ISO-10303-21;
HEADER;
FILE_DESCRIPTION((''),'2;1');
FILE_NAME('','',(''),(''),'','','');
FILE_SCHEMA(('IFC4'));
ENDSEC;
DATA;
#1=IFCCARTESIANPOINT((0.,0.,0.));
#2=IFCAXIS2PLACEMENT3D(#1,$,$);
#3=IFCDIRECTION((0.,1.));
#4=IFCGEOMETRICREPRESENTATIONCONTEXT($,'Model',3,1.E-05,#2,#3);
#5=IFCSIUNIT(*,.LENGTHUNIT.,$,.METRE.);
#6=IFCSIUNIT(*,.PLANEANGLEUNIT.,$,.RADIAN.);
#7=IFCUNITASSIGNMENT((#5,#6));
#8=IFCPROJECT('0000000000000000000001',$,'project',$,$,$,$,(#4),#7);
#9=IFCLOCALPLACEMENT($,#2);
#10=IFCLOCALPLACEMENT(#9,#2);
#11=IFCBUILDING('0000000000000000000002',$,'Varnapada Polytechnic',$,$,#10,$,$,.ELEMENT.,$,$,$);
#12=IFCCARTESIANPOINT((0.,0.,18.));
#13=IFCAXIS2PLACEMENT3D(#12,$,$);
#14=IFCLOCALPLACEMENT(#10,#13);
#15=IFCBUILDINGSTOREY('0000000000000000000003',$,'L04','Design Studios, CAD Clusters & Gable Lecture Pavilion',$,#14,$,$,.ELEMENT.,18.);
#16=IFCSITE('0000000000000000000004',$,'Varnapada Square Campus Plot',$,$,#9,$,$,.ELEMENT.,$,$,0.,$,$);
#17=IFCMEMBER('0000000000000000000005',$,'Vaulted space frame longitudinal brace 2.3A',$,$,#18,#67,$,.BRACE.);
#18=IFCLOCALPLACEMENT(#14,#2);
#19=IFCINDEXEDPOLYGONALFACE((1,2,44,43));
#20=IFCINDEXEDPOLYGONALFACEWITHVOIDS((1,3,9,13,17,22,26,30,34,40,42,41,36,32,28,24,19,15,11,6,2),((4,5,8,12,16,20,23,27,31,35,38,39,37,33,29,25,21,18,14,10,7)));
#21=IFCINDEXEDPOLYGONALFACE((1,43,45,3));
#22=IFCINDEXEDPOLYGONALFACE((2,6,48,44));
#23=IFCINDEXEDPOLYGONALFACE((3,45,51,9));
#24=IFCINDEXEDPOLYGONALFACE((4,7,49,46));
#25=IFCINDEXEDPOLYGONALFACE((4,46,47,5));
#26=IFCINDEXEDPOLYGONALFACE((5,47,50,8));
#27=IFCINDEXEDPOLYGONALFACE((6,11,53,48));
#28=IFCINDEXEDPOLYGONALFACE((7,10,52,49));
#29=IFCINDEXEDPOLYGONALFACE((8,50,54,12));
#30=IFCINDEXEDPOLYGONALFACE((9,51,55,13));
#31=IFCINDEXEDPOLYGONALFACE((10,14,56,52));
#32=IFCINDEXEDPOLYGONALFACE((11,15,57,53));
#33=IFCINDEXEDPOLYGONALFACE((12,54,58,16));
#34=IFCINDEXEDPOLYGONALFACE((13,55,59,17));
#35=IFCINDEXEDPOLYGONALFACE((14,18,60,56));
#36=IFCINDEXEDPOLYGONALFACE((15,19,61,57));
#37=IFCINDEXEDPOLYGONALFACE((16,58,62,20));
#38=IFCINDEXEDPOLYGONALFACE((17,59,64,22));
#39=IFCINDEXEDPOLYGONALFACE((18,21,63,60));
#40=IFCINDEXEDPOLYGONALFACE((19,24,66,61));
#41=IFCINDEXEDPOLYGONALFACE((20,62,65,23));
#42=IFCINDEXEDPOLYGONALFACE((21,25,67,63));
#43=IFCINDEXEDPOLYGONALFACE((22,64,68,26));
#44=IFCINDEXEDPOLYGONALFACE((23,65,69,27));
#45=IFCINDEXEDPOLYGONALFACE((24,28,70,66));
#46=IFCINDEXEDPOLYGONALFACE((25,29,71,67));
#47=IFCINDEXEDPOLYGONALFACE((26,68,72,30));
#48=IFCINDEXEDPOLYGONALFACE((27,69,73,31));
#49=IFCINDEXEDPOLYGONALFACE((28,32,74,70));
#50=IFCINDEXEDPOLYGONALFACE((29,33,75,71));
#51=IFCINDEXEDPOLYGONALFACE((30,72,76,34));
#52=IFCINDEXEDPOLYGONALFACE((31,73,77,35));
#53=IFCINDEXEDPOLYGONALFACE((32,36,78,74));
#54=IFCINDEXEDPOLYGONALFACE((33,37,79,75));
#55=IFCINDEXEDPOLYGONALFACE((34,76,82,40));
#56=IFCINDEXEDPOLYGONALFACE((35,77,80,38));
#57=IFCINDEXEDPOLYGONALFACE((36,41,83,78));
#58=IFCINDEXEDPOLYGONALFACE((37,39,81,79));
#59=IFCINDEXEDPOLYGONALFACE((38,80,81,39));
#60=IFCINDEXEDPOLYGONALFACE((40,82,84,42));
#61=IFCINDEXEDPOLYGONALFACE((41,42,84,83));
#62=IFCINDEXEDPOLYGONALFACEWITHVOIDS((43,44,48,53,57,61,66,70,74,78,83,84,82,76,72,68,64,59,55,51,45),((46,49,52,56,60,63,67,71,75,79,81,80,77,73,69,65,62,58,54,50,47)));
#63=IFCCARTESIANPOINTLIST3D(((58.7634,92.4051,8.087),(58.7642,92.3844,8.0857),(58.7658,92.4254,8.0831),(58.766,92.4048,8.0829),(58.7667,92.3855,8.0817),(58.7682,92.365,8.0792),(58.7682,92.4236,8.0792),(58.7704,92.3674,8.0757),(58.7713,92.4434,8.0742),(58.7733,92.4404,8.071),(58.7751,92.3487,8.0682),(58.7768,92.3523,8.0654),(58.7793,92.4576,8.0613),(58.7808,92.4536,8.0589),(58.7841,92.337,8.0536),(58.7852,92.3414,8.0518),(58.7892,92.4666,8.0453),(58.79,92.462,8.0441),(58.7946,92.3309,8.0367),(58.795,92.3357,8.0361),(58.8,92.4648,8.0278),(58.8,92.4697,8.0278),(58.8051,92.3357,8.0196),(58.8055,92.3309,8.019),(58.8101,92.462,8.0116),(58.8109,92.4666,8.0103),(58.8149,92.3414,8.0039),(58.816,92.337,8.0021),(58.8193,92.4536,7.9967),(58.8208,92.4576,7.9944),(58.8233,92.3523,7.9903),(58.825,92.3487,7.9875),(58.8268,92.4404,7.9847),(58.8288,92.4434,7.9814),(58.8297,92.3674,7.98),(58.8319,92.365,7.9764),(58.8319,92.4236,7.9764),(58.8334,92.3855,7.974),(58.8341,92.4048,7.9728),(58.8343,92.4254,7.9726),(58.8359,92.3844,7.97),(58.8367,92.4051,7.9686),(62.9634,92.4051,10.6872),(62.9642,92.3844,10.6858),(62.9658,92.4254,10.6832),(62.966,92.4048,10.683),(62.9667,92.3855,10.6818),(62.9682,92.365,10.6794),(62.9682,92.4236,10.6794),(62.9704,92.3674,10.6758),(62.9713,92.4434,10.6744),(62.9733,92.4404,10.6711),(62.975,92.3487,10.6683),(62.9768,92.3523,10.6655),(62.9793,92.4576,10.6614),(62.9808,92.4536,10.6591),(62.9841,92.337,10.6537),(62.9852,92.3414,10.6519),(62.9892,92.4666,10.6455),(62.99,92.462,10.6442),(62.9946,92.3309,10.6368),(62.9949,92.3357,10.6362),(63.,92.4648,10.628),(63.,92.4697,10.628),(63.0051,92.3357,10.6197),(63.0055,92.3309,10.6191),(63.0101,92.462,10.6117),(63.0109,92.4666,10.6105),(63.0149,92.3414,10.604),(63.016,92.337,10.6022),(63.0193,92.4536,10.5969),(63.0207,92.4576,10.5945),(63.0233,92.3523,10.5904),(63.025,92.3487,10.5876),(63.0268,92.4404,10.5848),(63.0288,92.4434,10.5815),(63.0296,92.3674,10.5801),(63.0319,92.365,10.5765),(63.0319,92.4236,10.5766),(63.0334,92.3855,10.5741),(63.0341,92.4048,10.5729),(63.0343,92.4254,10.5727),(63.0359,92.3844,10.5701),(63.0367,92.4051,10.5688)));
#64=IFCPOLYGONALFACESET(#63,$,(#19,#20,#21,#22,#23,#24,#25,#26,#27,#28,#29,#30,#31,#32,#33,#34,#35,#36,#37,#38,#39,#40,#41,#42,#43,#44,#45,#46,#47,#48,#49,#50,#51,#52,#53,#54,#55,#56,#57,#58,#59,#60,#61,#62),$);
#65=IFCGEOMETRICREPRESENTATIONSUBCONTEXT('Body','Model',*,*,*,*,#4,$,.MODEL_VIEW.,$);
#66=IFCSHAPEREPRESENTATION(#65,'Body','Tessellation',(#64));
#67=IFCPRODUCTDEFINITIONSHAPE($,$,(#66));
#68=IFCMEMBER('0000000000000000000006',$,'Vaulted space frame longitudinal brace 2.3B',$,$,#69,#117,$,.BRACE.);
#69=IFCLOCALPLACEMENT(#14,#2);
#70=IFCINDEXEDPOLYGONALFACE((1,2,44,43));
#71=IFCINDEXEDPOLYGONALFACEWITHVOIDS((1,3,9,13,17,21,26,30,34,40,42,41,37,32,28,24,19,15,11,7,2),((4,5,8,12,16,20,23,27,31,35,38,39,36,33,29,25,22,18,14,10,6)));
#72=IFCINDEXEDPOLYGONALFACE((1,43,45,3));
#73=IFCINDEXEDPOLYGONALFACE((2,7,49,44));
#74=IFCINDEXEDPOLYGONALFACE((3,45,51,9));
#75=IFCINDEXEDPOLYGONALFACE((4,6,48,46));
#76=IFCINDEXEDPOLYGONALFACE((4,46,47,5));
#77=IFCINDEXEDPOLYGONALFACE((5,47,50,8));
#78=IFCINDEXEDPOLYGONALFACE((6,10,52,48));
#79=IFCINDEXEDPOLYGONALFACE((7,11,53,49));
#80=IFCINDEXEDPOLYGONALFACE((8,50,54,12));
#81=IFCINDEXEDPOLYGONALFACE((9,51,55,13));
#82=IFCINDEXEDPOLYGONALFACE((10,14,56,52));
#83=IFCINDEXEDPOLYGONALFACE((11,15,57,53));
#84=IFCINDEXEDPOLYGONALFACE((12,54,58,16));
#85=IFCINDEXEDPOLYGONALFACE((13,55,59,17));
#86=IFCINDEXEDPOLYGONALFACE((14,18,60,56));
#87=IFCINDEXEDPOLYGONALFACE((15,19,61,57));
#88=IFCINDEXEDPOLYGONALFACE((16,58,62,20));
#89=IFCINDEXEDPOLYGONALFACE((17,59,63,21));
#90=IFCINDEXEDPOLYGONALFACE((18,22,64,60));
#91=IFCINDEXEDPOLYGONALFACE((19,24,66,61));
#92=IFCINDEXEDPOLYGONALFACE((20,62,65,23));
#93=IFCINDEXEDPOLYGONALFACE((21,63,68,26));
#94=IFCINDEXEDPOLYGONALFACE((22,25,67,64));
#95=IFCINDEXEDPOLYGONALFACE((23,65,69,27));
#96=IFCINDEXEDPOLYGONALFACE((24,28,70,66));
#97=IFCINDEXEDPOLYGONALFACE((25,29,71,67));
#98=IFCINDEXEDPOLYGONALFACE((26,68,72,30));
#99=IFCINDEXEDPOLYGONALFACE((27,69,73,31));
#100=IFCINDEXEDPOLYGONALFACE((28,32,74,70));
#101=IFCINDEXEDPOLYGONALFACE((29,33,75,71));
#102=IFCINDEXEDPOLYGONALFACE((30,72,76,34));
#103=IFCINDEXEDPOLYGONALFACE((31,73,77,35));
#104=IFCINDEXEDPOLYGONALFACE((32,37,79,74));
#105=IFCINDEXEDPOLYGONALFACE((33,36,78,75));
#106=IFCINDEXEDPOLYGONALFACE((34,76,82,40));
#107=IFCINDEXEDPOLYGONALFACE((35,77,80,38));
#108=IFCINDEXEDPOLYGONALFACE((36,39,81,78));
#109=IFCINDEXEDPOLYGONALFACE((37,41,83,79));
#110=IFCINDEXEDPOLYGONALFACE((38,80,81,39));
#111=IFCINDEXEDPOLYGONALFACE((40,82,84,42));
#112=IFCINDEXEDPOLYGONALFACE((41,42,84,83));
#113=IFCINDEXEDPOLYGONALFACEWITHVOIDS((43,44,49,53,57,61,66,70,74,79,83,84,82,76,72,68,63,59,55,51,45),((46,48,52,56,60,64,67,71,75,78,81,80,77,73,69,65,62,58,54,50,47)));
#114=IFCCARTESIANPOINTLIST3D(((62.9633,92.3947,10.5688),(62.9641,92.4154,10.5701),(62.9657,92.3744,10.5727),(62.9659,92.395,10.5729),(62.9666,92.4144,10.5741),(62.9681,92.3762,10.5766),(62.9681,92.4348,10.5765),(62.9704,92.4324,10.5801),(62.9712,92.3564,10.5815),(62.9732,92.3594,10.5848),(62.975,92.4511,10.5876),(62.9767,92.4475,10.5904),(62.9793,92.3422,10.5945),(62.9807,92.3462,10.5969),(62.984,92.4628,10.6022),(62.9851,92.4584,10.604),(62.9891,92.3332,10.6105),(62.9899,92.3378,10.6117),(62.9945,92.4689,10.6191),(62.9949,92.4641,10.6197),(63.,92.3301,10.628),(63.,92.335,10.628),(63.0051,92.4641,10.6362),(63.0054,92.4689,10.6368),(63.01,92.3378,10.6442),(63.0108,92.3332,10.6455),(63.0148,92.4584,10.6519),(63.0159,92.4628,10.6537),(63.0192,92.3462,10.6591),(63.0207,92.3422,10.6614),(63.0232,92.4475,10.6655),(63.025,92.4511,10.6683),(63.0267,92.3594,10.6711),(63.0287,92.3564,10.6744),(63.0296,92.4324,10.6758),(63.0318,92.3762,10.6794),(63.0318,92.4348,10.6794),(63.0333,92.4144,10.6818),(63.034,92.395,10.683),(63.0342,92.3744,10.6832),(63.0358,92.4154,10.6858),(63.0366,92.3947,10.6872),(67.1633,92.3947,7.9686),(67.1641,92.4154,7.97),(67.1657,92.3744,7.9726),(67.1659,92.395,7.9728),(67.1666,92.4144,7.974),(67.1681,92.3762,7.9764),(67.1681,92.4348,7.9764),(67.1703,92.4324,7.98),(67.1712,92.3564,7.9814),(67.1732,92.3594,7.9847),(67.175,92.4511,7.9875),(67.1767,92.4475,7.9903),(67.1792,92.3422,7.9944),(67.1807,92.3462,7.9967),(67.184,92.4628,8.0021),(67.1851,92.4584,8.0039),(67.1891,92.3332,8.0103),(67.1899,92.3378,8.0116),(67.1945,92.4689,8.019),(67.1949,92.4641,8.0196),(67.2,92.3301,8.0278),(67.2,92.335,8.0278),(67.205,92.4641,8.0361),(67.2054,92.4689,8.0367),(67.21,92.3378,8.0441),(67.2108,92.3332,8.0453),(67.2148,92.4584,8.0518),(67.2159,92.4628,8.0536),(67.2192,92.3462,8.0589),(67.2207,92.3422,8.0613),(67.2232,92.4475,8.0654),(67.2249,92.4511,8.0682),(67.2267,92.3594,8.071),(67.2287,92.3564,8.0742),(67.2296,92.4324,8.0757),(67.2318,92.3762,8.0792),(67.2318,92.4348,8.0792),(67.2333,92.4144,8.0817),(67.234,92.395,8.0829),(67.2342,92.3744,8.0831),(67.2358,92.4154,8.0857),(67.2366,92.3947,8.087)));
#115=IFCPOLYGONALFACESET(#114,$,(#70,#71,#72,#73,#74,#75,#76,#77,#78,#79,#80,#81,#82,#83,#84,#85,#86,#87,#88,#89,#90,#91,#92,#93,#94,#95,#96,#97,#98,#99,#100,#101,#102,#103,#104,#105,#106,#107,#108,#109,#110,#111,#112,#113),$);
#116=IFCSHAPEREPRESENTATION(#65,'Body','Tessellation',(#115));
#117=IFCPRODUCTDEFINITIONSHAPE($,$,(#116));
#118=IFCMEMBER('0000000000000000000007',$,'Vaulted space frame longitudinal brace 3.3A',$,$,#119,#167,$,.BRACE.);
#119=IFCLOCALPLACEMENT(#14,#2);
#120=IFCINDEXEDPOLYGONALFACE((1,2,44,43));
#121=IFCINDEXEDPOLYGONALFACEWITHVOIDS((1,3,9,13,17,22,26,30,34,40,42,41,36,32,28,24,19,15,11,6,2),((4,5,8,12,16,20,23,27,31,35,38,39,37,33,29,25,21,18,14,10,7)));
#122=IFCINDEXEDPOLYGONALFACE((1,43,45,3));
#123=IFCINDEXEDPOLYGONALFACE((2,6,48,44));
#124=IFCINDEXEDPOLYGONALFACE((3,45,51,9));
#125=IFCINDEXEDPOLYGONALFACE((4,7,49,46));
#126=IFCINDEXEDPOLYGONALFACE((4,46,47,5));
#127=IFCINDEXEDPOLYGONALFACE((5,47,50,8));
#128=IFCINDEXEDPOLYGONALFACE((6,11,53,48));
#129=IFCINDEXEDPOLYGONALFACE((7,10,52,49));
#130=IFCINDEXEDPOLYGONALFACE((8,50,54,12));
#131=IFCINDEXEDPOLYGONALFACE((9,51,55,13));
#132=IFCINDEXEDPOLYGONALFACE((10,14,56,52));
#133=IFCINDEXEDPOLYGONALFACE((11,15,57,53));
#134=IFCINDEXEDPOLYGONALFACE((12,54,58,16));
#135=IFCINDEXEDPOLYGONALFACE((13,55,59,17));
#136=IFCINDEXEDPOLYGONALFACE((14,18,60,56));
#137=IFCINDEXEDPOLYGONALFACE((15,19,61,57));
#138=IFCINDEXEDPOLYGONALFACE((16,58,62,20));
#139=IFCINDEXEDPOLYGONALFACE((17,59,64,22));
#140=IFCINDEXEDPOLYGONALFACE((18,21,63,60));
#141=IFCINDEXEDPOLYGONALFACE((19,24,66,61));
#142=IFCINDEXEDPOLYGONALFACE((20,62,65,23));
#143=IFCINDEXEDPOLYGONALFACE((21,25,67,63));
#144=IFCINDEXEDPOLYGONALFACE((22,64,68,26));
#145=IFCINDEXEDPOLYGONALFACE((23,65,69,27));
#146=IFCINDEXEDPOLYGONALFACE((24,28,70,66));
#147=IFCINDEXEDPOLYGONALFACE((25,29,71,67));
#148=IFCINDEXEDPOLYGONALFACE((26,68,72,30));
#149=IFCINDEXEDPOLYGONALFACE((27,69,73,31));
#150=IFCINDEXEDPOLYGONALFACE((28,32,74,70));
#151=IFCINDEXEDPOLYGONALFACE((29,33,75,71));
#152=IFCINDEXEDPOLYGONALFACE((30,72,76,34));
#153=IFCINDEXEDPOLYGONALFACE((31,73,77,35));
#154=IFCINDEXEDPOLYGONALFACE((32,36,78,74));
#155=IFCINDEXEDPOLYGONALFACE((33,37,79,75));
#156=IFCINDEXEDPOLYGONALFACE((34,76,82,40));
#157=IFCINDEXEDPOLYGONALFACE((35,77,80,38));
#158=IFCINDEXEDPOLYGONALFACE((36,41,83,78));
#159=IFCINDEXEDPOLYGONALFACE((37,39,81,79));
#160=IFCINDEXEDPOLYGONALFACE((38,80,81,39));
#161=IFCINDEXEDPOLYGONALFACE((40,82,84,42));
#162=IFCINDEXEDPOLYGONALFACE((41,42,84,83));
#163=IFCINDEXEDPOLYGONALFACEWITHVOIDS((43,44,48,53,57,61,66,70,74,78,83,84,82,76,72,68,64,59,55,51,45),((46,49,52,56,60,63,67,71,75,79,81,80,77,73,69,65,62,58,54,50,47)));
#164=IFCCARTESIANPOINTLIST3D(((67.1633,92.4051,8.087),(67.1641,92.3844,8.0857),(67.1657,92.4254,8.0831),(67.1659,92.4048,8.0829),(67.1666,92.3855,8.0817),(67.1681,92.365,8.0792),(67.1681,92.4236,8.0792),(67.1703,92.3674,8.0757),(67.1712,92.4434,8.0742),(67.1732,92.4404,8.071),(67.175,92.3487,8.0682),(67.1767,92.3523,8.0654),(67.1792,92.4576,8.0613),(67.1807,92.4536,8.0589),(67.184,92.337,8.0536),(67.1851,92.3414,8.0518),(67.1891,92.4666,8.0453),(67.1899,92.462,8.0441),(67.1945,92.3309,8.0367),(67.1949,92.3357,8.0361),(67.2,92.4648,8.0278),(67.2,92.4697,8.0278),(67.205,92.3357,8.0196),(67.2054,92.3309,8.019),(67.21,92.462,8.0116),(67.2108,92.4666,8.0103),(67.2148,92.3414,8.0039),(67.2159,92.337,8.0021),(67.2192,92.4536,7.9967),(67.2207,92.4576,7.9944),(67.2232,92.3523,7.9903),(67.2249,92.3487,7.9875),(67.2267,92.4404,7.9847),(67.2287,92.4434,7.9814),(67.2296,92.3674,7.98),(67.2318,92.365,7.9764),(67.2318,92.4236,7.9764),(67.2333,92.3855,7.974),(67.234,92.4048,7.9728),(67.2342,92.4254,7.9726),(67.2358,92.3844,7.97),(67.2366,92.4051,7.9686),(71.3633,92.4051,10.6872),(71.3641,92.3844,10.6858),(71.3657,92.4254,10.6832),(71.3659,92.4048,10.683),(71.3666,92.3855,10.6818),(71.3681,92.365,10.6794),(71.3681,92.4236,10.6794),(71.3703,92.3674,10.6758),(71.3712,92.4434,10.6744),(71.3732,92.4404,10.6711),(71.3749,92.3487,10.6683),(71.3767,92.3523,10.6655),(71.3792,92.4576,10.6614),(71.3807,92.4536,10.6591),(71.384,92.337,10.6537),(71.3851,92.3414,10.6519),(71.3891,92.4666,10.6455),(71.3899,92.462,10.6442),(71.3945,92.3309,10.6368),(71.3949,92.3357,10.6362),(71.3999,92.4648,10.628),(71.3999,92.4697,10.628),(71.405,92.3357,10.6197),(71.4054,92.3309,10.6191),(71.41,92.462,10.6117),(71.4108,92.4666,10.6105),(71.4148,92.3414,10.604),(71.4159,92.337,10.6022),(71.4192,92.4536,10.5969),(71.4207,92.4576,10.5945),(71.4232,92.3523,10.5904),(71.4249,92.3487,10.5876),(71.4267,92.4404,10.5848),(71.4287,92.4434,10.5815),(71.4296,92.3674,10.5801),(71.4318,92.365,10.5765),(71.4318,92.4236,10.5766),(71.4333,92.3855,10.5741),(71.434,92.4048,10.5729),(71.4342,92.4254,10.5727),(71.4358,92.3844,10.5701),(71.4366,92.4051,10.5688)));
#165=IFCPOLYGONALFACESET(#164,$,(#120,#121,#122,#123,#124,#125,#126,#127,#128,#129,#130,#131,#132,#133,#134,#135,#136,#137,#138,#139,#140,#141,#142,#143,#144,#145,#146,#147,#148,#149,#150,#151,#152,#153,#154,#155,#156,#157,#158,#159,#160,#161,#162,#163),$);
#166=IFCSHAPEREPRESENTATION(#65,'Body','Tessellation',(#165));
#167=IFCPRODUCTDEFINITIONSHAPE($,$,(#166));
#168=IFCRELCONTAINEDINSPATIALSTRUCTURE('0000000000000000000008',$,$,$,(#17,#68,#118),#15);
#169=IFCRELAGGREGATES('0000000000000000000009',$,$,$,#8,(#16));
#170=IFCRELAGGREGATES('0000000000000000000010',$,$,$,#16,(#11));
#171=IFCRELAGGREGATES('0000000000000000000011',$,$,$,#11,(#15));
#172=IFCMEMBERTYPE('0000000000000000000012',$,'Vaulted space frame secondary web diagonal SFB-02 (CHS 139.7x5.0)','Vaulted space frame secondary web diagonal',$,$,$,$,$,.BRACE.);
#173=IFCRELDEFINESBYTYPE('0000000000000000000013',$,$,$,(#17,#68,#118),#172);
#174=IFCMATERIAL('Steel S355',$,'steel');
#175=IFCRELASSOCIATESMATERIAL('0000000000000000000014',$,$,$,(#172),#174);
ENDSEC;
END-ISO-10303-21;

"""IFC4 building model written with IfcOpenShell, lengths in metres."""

from ifc_helpers import new_model, si_unit, direction, frame, origin, origin_2d, place, context, subcontext, project, spatial, hollow_circle, extrude, material, material_profile, profile_set, type_object, element, save


model = new_model("IFC4")

# Units and contexts
model_context = context("Model", 3, precision=1e-05, world=origin(), true_north=direction((0.0, 1.0)))
body_context = subcontext(model_context, "Body", "Model", "MODEL_VIEW")
ifc_project = project(units=[si_unit("LENGTHUNIT", "METRE"), si_unit("PLANEANGLEUNIT", "RADIAN")], contexts=[model_context])

# Site, building, storey
site_placement = place(None, origin())
site = spatial("IfcSite", under=ifc_project, at=site_placement, Name="Varnapada Square Campus Plot", CompositionType="ELEMENT", RefElevation=0.0)
building_placement = place(site_placement, origin())
building = spatial("IfcBuilding", under=site, at=building_placement, Name="Varnapada Polytechnic", CompositionType="ELEMENT")
storey_placement = place(building_placement, frame((0.0, 0.0, 18.0)))
storey = spatial("IfcBuildingStorey", under=building, at=storey_placement, Name="L04", Description="Design Studios, CAD Clusters & Gable Lecture Pavilion", CompositionType="ELEMENT", Elevation=18.0)

# Shared definitions
ifc_material = material(Name="Steel S355", Category="steel")

# Members
ifc_material_profile_1 = material_profile(ifc_material, hollow_circle(Radius=0.0698, WallThickness=0.0049, at=origin_2d()), Name="CHS 139.7x5.0")
ifc_profile_set_1 = profile_set([ifc_material_profile_1], Name="Steel S355")
member_type_1 = type_object("IfcMemberType", Name="Vaulted space frame secondary web diagonal SFB-02 (CHS 139.7x5.0)", Description="Vaulted space frame secondary web diagonal", PredefinedType="BRACE", material=ifc_profile_set_1)
for number, where, z_axis, x_axis, name in (
    (1, (58.8, 92.3999, 8.0278), (0.850254, 0.0, 0.526373), (0.0, 1.0, 0.0), "Vaulted space frame longitudinal brace 2.3A"),
    (2, (67.2, 92.3999, 8.0278), (-0.850254, 0.0, 0.526373), (0.0, -1.0, 0.0), "Vaulted space frame longitudinal brace 2.3B"),
    (3, (67.2, 92.3999, 8.0278), (0.850254, 0.0, 0.526373), (0.0, 1.0, 0.0), "Vaulted space frame longitudinal brace 3.3A"),
):
    element("IfcMember", number, at=place(storey_placement, frame(where, z_axis=z_axis, x_axis=x_axis)), inside=storey, type_object=member_type_1, Name=name, PredefinedType="BRACE", context=body_context, shape_type="SweptSolid", body=[
        extrude(hollow_circle(Radius=0.0698, WallThickness=0.0049, at=origin_2d()), origin(), (0.0, 0.0, 1.0), 4.9397),
    ])

save(model, "model.ifc")
